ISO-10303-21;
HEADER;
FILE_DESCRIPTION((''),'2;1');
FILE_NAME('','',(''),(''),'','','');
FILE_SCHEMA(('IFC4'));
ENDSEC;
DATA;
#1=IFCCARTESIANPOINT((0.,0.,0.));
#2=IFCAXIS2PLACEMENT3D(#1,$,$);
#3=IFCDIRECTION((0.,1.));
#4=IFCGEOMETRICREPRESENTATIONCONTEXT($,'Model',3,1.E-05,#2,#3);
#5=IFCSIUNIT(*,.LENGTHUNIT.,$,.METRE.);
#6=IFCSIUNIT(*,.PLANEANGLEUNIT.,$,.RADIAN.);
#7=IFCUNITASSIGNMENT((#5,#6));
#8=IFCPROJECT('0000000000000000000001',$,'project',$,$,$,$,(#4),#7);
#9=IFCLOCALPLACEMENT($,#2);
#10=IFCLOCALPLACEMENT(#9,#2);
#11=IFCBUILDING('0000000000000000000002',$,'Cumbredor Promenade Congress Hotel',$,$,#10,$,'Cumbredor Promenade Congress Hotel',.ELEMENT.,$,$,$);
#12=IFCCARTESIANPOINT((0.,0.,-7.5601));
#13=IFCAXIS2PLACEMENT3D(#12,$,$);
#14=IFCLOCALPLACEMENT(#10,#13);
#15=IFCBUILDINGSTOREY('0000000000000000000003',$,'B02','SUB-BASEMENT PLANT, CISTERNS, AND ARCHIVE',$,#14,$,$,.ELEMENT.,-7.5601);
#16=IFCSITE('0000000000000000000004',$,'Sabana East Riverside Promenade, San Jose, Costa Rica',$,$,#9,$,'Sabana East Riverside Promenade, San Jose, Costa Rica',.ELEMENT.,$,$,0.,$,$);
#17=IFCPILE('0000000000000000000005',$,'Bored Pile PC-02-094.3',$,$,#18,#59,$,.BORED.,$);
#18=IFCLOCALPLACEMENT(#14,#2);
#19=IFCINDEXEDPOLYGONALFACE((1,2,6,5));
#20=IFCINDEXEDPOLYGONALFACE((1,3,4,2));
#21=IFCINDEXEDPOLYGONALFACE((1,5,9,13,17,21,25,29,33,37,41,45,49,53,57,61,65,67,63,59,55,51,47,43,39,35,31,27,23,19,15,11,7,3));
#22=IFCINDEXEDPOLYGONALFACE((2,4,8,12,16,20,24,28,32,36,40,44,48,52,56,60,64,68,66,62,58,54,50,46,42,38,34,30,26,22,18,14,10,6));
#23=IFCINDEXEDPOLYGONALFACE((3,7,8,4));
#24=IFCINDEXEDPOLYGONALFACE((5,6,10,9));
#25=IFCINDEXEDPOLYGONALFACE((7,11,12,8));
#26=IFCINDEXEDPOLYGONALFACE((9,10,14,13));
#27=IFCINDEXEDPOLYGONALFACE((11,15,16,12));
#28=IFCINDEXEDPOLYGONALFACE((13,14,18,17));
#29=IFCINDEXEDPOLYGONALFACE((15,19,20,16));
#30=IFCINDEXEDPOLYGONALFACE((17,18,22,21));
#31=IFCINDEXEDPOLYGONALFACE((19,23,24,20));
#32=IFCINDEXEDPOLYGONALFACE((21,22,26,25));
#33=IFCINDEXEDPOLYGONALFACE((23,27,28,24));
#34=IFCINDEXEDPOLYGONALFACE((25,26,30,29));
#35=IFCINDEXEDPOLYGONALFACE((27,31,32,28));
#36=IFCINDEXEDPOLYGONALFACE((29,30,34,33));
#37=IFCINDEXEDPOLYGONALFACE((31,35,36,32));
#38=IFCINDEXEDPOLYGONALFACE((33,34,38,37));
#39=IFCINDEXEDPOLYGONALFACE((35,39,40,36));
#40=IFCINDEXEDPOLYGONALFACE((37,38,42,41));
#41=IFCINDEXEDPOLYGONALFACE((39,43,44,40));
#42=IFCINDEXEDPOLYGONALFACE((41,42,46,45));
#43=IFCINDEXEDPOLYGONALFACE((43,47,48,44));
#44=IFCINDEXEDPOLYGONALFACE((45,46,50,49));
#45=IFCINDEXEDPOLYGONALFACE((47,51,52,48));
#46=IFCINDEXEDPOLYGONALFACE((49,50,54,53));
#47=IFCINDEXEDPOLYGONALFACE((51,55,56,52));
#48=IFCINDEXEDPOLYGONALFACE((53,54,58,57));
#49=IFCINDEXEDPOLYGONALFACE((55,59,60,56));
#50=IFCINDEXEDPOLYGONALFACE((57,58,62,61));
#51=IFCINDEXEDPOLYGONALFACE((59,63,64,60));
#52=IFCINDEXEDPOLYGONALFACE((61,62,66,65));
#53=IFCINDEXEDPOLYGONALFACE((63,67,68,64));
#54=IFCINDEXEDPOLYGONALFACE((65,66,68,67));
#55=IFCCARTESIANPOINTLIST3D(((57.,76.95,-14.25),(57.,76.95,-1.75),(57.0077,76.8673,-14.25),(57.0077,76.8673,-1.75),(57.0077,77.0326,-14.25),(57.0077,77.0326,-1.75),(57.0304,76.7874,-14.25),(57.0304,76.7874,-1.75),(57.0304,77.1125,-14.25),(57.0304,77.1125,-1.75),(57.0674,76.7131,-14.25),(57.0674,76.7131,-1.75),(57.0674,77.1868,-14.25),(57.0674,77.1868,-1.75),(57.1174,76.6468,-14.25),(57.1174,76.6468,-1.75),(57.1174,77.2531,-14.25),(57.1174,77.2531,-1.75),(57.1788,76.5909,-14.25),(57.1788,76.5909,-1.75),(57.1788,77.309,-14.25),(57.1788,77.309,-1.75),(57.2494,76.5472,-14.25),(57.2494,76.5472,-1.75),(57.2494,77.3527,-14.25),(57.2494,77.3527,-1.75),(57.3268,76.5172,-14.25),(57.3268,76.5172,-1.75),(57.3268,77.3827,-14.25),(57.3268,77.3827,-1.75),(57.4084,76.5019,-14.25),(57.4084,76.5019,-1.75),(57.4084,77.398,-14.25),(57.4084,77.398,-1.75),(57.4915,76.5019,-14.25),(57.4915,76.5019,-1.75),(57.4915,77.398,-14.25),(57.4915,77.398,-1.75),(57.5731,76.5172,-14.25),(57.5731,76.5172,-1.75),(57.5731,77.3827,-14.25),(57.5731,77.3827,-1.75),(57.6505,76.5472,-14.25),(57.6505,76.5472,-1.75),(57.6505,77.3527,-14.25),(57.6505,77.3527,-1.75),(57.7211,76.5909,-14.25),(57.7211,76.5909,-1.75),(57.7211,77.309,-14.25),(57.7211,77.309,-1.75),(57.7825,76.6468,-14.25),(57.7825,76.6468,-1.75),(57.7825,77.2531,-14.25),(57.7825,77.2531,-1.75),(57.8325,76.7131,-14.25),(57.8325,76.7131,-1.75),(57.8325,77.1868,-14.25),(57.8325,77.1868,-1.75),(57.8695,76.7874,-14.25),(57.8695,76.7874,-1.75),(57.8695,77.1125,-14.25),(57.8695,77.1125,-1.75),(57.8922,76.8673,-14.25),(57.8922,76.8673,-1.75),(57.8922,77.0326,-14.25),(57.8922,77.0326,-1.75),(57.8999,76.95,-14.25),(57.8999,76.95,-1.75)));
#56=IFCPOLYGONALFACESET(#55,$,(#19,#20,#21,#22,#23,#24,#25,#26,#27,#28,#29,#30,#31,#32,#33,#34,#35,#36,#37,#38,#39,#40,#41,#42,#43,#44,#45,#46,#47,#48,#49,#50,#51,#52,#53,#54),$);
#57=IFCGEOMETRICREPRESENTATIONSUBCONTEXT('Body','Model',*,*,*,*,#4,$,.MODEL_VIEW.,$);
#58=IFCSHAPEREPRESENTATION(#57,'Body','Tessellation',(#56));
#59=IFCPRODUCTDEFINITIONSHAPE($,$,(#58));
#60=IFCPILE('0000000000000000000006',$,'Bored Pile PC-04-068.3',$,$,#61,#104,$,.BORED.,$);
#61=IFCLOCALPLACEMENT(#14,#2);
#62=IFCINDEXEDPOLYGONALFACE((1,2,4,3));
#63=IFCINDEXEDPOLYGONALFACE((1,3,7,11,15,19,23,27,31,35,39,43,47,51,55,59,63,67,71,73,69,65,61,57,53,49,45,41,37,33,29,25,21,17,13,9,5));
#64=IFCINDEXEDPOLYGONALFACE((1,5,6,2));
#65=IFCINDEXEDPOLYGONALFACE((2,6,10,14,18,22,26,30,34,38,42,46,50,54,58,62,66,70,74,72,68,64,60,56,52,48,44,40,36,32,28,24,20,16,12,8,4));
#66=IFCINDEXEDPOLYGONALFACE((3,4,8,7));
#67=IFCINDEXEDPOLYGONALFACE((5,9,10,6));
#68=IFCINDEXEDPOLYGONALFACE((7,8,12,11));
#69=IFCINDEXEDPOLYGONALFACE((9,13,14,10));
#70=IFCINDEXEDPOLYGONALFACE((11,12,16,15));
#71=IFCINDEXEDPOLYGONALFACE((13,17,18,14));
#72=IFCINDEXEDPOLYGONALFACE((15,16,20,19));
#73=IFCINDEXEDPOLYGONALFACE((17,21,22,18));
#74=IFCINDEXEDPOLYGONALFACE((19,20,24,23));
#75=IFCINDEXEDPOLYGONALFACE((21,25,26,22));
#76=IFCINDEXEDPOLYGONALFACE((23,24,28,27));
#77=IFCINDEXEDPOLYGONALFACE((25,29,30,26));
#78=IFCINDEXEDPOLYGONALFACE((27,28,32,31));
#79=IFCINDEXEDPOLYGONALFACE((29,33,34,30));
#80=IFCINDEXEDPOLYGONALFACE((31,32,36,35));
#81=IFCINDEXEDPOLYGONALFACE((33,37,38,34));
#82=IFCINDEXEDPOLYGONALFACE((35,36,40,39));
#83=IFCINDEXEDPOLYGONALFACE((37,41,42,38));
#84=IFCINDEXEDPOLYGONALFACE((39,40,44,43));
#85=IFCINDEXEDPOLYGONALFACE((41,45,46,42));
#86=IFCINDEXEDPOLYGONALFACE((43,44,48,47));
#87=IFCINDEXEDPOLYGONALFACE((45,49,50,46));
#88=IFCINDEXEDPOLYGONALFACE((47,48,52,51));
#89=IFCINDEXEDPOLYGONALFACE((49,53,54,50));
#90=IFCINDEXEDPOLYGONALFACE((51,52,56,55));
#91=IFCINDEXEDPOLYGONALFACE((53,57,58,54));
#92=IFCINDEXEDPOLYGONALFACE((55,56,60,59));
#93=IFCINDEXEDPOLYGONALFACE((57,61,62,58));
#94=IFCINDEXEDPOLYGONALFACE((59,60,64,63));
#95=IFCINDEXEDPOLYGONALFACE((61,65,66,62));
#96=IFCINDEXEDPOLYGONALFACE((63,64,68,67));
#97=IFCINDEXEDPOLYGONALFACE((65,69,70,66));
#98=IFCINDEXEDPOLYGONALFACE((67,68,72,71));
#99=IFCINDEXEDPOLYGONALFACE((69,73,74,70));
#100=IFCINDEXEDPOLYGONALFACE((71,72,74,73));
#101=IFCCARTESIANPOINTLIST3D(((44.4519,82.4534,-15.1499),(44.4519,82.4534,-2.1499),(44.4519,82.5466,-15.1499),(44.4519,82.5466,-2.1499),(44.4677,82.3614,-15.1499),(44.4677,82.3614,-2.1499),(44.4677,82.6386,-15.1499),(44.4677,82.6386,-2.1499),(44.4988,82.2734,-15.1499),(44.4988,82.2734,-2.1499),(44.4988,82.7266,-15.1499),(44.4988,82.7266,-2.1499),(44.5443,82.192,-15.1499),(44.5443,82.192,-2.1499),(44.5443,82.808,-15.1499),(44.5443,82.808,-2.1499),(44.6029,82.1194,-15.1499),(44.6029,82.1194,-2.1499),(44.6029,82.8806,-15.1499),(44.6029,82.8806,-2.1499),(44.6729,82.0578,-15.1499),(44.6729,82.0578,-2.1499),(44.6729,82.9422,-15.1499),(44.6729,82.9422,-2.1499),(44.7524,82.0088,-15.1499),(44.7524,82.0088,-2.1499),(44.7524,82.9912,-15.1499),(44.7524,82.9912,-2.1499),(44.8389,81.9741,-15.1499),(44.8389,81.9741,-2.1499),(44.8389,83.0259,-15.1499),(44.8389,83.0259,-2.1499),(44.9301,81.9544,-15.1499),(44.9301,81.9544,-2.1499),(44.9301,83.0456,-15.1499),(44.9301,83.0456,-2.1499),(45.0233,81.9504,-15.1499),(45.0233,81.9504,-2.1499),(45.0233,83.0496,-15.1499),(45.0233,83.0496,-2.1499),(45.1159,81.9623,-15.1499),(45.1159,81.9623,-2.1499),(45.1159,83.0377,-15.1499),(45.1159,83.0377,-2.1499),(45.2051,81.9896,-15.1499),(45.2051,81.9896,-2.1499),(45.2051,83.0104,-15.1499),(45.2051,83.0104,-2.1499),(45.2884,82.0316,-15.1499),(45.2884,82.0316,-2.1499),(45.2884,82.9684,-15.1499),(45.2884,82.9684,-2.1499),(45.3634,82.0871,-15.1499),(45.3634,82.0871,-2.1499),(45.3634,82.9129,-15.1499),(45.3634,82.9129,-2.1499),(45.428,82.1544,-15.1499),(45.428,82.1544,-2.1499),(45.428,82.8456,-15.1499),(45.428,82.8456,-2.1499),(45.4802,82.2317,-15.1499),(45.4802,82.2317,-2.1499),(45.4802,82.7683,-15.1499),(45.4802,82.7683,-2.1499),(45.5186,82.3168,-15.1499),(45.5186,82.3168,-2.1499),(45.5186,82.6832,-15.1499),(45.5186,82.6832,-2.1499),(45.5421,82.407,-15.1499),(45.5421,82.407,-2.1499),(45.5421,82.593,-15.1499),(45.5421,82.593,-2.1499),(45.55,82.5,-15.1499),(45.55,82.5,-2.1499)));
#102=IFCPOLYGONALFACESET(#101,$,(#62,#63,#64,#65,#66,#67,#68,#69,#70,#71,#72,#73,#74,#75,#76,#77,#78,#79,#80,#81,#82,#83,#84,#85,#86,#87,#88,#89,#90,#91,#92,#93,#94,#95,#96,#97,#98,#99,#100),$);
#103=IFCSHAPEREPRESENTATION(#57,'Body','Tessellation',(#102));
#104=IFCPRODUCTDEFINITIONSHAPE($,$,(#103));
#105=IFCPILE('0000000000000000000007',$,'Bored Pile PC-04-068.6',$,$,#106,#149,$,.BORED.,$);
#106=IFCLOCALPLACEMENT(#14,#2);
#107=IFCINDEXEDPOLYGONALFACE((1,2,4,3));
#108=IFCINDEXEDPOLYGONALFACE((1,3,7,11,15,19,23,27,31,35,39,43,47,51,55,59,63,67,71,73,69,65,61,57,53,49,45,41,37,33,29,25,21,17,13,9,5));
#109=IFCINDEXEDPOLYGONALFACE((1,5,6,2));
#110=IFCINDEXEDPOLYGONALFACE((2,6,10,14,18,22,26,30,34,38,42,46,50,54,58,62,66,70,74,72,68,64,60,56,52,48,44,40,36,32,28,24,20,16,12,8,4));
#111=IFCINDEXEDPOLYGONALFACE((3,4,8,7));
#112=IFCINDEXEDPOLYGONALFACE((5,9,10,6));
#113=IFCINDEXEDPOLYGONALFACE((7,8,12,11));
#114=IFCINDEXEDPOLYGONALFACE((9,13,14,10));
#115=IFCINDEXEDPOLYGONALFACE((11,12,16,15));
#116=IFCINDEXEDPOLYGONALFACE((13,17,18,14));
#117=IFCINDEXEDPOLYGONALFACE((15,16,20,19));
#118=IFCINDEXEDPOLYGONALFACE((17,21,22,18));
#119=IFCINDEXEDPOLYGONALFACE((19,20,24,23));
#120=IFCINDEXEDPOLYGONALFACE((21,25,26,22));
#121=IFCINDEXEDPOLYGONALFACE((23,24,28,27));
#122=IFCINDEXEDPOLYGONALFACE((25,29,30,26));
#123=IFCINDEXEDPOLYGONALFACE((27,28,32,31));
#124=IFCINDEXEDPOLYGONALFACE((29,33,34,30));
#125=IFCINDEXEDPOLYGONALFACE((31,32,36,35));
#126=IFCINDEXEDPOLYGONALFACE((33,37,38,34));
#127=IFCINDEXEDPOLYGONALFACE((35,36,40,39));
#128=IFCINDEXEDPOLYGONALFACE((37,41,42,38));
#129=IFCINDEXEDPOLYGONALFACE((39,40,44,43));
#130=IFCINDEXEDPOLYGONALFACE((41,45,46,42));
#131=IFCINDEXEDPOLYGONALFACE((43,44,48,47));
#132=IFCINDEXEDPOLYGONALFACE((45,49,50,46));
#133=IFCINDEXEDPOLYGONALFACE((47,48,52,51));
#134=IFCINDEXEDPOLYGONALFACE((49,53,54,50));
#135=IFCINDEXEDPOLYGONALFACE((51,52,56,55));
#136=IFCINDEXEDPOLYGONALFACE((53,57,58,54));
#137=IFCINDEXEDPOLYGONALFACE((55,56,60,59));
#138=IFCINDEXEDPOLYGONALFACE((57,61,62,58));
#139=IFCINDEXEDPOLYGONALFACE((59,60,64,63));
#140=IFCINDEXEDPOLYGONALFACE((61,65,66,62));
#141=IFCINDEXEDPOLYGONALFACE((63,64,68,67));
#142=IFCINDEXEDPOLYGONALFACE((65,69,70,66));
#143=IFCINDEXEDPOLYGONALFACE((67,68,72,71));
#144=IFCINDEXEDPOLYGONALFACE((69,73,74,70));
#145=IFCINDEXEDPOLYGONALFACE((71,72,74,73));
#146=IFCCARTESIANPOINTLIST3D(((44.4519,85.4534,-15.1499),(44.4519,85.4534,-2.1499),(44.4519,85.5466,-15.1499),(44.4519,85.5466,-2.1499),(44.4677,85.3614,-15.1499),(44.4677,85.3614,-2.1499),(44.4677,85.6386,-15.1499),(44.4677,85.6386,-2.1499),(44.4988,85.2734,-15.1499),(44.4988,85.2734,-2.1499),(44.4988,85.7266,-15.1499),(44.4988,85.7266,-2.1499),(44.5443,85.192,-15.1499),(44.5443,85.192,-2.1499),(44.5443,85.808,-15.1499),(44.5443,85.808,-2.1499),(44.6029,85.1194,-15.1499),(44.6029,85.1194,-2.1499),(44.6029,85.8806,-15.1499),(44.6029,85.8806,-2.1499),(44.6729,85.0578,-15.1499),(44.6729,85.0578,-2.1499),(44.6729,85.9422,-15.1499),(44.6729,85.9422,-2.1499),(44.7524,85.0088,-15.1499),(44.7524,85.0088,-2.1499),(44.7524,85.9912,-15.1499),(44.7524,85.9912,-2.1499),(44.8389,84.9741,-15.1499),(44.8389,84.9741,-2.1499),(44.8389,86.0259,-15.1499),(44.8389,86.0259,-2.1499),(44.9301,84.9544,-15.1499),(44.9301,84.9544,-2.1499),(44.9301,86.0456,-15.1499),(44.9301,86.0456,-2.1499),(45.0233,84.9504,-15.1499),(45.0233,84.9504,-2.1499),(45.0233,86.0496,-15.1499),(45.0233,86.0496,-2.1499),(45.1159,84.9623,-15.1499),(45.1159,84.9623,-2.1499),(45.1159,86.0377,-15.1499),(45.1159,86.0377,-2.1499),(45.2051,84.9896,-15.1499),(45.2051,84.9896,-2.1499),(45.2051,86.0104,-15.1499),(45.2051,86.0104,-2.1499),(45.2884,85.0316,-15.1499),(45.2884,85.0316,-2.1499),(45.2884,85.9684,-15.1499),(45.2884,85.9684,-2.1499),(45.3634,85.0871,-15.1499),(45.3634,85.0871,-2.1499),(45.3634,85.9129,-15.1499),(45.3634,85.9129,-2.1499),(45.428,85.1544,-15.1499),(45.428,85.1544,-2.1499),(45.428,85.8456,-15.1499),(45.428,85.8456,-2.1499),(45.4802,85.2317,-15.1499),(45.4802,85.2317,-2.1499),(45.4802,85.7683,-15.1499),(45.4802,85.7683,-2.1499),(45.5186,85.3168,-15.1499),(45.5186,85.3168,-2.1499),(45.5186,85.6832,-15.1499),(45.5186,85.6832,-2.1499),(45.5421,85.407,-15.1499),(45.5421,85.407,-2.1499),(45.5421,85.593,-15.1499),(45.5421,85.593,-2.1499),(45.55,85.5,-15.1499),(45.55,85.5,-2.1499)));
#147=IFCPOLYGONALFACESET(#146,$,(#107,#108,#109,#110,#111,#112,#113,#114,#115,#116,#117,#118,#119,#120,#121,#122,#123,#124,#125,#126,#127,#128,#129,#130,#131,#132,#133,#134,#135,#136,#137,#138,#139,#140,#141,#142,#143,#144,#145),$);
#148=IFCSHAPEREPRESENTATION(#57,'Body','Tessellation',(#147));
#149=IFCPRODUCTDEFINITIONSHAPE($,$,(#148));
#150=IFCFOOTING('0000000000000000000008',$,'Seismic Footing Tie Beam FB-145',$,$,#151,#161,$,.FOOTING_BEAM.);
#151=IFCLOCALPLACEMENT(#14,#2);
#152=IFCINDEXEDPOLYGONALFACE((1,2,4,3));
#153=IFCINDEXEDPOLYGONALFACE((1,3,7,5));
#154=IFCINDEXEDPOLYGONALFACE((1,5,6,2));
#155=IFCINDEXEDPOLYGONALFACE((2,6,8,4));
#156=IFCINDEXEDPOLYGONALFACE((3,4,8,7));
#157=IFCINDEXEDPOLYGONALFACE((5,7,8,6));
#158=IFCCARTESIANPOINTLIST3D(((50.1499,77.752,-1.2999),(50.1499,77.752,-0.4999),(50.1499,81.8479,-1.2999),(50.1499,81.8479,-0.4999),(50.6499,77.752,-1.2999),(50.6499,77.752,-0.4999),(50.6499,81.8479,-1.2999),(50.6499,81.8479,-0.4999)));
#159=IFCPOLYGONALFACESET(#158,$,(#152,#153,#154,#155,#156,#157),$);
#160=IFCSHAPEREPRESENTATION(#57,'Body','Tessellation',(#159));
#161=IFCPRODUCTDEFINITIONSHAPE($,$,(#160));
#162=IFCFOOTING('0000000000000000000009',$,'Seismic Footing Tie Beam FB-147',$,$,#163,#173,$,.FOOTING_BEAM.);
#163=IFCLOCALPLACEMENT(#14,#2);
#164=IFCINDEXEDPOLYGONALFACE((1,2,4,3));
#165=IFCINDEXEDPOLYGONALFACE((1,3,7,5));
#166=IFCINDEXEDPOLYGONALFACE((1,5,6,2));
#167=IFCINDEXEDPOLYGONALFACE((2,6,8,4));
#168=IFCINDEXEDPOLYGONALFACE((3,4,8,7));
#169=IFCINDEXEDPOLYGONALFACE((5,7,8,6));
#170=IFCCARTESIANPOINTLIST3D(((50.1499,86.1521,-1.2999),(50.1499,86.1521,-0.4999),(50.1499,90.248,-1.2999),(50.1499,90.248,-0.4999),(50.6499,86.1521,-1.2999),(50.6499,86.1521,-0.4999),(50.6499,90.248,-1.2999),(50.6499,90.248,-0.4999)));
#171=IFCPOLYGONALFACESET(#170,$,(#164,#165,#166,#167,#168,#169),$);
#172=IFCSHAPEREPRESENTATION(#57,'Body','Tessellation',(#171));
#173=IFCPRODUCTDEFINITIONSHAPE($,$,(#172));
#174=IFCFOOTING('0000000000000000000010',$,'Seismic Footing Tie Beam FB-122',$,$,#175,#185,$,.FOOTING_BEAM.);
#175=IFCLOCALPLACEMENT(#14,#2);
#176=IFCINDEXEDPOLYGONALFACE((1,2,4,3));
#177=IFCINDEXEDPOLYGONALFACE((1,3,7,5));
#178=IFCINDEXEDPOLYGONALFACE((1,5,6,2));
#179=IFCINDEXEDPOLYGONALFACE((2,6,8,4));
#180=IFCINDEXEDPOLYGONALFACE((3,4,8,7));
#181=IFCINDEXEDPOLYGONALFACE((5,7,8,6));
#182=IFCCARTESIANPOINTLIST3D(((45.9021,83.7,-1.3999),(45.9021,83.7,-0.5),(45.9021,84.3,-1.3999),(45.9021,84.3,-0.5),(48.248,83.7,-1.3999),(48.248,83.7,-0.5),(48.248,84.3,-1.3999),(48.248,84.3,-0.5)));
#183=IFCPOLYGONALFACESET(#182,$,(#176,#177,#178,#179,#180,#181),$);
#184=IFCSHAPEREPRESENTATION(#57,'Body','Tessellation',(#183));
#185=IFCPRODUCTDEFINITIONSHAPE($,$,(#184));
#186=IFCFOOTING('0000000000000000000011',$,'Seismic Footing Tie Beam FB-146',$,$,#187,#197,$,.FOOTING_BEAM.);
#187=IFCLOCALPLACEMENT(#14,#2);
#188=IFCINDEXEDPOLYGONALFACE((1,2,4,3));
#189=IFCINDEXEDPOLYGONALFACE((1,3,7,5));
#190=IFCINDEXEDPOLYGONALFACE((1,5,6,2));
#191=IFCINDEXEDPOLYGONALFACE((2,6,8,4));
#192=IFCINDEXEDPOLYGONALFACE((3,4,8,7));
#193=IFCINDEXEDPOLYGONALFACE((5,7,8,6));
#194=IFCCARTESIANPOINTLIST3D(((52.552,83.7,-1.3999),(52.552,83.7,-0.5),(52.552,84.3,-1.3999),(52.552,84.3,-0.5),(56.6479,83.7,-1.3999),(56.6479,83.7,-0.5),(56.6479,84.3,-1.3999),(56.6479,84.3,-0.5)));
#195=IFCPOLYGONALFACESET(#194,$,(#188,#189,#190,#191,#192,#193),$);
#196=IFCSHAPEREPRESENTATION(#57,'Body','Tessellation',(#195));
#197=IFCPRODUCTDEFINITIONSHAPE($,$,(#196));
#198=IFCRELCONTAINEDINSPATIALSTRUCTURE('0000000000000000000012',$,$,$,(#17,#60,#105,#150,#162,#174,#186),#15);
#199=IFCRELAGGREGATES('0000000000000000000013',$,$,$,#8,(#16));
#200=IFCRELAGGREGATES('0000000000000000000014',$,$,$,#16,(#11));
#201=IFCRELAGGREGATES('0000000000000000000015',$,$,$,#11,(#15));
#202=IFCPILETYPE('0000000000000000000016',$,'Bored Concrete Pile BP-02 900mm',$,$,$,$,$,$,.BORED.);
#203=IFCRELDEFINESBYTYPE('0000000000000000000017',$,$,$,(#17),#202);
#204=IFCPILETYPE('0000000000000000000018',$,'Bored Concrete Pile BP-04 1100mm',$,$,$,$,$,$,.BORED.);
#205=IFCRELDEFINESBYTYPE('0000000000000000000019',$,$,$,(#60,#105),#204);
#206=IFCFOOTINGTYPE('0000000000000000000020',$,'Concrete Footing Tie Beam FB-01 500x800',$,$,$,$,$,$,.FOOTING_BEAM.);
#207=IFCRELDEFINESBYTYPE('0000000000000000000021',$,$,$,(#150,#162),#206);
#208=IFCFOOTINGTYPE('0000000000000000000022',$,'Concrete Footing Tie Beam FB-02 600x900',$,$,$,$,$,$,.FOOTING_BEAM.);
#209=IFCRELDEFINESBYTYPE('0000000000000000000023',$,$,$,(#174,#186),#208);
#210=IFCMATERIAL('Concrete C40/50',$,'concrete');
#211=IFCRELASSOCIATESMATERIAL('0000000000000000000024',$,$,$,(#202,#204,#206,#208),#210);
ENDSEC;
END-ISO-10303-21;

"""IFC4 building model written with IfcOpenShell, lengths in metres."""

from ifc_helpers import new_model, si_unit, direction, frame, origin, origin_2d, place, context, subcontext, project, spatial, rectangle, circle, extrude, material, material_profile, profile_set, type_object, element, save


model = new_model("IFC4")

# Units and contexts
model_context = context("Model", 3, precision=1e-05, world=origin(), true_north=direction((0.0, 1.0)))
body_context = subcontext(model_context, "Body", "Model", "MODEL_VIEW")
ifc_project = project(units=[si_unit("LENGTHUNIT", "METRE"), si_unit("PLANEANGLEUNIT", "RADIAN")], contexts=[model_context])

# Site, building, storey
site_placement = place(None, origin())
site = spatial("IfcSite", under=ifc_project, at=site_placement, Name="Sabana East Riverside Promenade, San Jose, Costa Rica", LongName="Sabana East Riverside Promenade, San Jose, Costa Rica", CompositionType="ELEMENT", RefElevation=0.0)
building_placement = place(site_placement, origin())
building = spatial("IfcBuilding", under=site, at=building_placement, Name="Cumbredor Promenade Congress Hotel", LongName="Cumbredor Promenade Congress Hotel", CompositionType="ELEMENT")
storey_placement = place(building_placement, frame((0.0, 0.0, -7.5601)))
storey = spatial("IfcBuildingStorey", under=building, at=storey_placement, Name="B02", Description="SUB-BASEMENT PLANT, CISTERNS, AND ARCHIVE", CompositionType="ELEMENT", Elevation=-7.5601)

# Piles
ifc_material_1 = material(Name="Concrete C40/50", Category="concrete")
ifc_material_profile_1 = material_profile(ifc_material_1, circle(Radius=0.45, at=origin_2d()), Name="PILE D900")
ifc_profile_set_1 = profile_set([ifc_material_profile_1], Name="Concrete C40/50")
pile_type_1 = type_object("IfcPileType", Name="Bored Concrete Pile BP-02 900mm", PredefinedType="BORED", material=ifc_profile_set_1)
for number, where, z_axis, x_axis, name in (
    (1, (57.45, 76.95, -1.75), (0.0, 0.0, -1.0), (1.0, 0.0, 0.0), "Bored Pile PC-02-094.3"),
):
    element("IfcPile", number, at=place(storey_placement, frame(where, z_axis=z_axis, x_axis=x_axis)), inside=storey, type_object=pile_type_1, Name=name, PredefinedType="BORED", context=body_context, shape_type="SweptSolid", body=[
        extrude(circle(Radius=0.45, at=origin_2d()), origin(), (0.0, 0.0, 1.0), 12.5),
    ])
ifc_material_profile_2 = material_profile(ifc_material_1, circle(Radius=0.55, at=origin_2d()), Name="PILE D1100")
ifc_profile_set_2 = profile_set([ifc_material_profile_2], Name="Concrete C40/50")
pile_type_2 = type_object("IfcPileType", Name="Bored Concrete Pile BP-04 1100mm", PredefinedType="BORED", material=ifc_profile_set_2)
for number, where, z_axis, x_axis, name in (
    (2, (45.0, 82.5, -2.1499), (0.0, 0.0, -1.0), (1.0, 0.0, 0.0), "Bored Pile PC-04-068.3"),
    (3, (45.0, 85.5, -2.1499), (0.0, 0.0, -1.0), (1.0, 0.0, 0.0), "Bored Pile PC-04-068.6"),
):
    element("IfcPile", number, at=place(storey_placement, frame(where, z_axis=z_axis, x_axis=x_axis)), inside=storey, type_object=pile_type_2, Name=name, PredefinedType="BORED", context=body_context, shape_type="SweptSolid", body=[
        extrude(circle(Radius=0.55, at=origin_2d()), origin(), (0.0, 0.0, 1.0), 13.0),
    ])

# Footings
ifc_material_profile_3 = material_profile(ifc_material_1, rectangle(XDim=0.5, YDim=0.8, at=origin_2d()), Name="FB 500x800")
ifc_profile_set_3 = profile_set([ifc_material_profile_3], Name="Concrete C40/50")
footing_type_1 = type_object("IfcFootingType", Name="Concrete Footing Tie Beam FB-01 500x800", PredefinedType="FOOTING_BEAM", material=ifc_profile_set_3)
for number, where, z_axis, x_axis, name in (
    (4, (50.3999, 77.752, -0.8999), (0.0, 1.0, 0.0), (-1.0, 0.0, 0.0), "Seismic Footing Tie Beam FB-145"),
    (5, (50.3999, 86.1521, -0.8999), (0.0, 1.0, 0.0), (-1.0, 0.0, 0.0), "Seismic Footing Tie Beam FB-147"),
):
    element("IfcFooting", number, at=place(storey_placement, frame(where, z_axis=z_axis, x_axis=x_axis)), inside=storey, type_object=footing_type_1, Name=name, PredefinedType="FOOTING_BEAM", context=body_context, shape_type="SweptSolid", body=[
        extrude(rectangle(XDim=0.5, YDim=0.8, at=origin_2d()), origin(), (0.0, 0.0, 1.0), 4.0959),
    ])
ifc_material_profile_4 = material_profile(ifc_material_1, rectangle(XDim=0.6001, YDim=0.8999, at=origin_2d()), Name="FB 600x900")
ifc_profile_set_4 = profile_set([ifc_material_profile_4], Name="Concrete C40/50")
footing_type_2 = type_object("IfcFootingType", Name="Concrete Footing Tie Beam FB-02 600x900", PredefinedType="FOOTING_BEAM", material=ifc_profile_set_4)
footing_placement = place(storey_placement, frame((45.9021, 84.0, -0.95), z_axis=(1.0, 0.0, 0.0), x_axis=(0.0, 1.0, 0.0)))
element("IfcFooting", 6, at=footing_placement, inside=storey, type_object=footing_type_2, Name="Seismic Footing Tie Beam FB-122", PredefinedType="FOOTING_BEAM", context=body_context, shape_type="SweptSolid", body=[
    extrude(rectangle(XDim=0.6001, YDim=0.8999, at=origin_2d()), origin(), (0.0, 0.0, 1.0), 2.3459),
])
for number, where, z_axis, x_axis, name in (
    (7, (52.552, 84.0, -0.95), (1.0, 0.0, 0.0), (0.0, 1.0, 0.0), "Seismic Footing Tie Beam FB-146"),
):
    element("IfcFooting", number, at=place(storey_placement, frame(where, z_axis=z_axis, x_axis=x_axis)), inside=storey, type_object=footing_type_2, Name=name, PredefinedType="FOOTING_BEAM", context=body_context, shape_type="SweptSolid", body=[
        extrude(rectangle(XDim=0.6001, YDim=0.8999, at=origin_2d()), origin(), (0.0, 0.0, 1.0), 4.0959),
    ])

save(model, "model.ifc")
